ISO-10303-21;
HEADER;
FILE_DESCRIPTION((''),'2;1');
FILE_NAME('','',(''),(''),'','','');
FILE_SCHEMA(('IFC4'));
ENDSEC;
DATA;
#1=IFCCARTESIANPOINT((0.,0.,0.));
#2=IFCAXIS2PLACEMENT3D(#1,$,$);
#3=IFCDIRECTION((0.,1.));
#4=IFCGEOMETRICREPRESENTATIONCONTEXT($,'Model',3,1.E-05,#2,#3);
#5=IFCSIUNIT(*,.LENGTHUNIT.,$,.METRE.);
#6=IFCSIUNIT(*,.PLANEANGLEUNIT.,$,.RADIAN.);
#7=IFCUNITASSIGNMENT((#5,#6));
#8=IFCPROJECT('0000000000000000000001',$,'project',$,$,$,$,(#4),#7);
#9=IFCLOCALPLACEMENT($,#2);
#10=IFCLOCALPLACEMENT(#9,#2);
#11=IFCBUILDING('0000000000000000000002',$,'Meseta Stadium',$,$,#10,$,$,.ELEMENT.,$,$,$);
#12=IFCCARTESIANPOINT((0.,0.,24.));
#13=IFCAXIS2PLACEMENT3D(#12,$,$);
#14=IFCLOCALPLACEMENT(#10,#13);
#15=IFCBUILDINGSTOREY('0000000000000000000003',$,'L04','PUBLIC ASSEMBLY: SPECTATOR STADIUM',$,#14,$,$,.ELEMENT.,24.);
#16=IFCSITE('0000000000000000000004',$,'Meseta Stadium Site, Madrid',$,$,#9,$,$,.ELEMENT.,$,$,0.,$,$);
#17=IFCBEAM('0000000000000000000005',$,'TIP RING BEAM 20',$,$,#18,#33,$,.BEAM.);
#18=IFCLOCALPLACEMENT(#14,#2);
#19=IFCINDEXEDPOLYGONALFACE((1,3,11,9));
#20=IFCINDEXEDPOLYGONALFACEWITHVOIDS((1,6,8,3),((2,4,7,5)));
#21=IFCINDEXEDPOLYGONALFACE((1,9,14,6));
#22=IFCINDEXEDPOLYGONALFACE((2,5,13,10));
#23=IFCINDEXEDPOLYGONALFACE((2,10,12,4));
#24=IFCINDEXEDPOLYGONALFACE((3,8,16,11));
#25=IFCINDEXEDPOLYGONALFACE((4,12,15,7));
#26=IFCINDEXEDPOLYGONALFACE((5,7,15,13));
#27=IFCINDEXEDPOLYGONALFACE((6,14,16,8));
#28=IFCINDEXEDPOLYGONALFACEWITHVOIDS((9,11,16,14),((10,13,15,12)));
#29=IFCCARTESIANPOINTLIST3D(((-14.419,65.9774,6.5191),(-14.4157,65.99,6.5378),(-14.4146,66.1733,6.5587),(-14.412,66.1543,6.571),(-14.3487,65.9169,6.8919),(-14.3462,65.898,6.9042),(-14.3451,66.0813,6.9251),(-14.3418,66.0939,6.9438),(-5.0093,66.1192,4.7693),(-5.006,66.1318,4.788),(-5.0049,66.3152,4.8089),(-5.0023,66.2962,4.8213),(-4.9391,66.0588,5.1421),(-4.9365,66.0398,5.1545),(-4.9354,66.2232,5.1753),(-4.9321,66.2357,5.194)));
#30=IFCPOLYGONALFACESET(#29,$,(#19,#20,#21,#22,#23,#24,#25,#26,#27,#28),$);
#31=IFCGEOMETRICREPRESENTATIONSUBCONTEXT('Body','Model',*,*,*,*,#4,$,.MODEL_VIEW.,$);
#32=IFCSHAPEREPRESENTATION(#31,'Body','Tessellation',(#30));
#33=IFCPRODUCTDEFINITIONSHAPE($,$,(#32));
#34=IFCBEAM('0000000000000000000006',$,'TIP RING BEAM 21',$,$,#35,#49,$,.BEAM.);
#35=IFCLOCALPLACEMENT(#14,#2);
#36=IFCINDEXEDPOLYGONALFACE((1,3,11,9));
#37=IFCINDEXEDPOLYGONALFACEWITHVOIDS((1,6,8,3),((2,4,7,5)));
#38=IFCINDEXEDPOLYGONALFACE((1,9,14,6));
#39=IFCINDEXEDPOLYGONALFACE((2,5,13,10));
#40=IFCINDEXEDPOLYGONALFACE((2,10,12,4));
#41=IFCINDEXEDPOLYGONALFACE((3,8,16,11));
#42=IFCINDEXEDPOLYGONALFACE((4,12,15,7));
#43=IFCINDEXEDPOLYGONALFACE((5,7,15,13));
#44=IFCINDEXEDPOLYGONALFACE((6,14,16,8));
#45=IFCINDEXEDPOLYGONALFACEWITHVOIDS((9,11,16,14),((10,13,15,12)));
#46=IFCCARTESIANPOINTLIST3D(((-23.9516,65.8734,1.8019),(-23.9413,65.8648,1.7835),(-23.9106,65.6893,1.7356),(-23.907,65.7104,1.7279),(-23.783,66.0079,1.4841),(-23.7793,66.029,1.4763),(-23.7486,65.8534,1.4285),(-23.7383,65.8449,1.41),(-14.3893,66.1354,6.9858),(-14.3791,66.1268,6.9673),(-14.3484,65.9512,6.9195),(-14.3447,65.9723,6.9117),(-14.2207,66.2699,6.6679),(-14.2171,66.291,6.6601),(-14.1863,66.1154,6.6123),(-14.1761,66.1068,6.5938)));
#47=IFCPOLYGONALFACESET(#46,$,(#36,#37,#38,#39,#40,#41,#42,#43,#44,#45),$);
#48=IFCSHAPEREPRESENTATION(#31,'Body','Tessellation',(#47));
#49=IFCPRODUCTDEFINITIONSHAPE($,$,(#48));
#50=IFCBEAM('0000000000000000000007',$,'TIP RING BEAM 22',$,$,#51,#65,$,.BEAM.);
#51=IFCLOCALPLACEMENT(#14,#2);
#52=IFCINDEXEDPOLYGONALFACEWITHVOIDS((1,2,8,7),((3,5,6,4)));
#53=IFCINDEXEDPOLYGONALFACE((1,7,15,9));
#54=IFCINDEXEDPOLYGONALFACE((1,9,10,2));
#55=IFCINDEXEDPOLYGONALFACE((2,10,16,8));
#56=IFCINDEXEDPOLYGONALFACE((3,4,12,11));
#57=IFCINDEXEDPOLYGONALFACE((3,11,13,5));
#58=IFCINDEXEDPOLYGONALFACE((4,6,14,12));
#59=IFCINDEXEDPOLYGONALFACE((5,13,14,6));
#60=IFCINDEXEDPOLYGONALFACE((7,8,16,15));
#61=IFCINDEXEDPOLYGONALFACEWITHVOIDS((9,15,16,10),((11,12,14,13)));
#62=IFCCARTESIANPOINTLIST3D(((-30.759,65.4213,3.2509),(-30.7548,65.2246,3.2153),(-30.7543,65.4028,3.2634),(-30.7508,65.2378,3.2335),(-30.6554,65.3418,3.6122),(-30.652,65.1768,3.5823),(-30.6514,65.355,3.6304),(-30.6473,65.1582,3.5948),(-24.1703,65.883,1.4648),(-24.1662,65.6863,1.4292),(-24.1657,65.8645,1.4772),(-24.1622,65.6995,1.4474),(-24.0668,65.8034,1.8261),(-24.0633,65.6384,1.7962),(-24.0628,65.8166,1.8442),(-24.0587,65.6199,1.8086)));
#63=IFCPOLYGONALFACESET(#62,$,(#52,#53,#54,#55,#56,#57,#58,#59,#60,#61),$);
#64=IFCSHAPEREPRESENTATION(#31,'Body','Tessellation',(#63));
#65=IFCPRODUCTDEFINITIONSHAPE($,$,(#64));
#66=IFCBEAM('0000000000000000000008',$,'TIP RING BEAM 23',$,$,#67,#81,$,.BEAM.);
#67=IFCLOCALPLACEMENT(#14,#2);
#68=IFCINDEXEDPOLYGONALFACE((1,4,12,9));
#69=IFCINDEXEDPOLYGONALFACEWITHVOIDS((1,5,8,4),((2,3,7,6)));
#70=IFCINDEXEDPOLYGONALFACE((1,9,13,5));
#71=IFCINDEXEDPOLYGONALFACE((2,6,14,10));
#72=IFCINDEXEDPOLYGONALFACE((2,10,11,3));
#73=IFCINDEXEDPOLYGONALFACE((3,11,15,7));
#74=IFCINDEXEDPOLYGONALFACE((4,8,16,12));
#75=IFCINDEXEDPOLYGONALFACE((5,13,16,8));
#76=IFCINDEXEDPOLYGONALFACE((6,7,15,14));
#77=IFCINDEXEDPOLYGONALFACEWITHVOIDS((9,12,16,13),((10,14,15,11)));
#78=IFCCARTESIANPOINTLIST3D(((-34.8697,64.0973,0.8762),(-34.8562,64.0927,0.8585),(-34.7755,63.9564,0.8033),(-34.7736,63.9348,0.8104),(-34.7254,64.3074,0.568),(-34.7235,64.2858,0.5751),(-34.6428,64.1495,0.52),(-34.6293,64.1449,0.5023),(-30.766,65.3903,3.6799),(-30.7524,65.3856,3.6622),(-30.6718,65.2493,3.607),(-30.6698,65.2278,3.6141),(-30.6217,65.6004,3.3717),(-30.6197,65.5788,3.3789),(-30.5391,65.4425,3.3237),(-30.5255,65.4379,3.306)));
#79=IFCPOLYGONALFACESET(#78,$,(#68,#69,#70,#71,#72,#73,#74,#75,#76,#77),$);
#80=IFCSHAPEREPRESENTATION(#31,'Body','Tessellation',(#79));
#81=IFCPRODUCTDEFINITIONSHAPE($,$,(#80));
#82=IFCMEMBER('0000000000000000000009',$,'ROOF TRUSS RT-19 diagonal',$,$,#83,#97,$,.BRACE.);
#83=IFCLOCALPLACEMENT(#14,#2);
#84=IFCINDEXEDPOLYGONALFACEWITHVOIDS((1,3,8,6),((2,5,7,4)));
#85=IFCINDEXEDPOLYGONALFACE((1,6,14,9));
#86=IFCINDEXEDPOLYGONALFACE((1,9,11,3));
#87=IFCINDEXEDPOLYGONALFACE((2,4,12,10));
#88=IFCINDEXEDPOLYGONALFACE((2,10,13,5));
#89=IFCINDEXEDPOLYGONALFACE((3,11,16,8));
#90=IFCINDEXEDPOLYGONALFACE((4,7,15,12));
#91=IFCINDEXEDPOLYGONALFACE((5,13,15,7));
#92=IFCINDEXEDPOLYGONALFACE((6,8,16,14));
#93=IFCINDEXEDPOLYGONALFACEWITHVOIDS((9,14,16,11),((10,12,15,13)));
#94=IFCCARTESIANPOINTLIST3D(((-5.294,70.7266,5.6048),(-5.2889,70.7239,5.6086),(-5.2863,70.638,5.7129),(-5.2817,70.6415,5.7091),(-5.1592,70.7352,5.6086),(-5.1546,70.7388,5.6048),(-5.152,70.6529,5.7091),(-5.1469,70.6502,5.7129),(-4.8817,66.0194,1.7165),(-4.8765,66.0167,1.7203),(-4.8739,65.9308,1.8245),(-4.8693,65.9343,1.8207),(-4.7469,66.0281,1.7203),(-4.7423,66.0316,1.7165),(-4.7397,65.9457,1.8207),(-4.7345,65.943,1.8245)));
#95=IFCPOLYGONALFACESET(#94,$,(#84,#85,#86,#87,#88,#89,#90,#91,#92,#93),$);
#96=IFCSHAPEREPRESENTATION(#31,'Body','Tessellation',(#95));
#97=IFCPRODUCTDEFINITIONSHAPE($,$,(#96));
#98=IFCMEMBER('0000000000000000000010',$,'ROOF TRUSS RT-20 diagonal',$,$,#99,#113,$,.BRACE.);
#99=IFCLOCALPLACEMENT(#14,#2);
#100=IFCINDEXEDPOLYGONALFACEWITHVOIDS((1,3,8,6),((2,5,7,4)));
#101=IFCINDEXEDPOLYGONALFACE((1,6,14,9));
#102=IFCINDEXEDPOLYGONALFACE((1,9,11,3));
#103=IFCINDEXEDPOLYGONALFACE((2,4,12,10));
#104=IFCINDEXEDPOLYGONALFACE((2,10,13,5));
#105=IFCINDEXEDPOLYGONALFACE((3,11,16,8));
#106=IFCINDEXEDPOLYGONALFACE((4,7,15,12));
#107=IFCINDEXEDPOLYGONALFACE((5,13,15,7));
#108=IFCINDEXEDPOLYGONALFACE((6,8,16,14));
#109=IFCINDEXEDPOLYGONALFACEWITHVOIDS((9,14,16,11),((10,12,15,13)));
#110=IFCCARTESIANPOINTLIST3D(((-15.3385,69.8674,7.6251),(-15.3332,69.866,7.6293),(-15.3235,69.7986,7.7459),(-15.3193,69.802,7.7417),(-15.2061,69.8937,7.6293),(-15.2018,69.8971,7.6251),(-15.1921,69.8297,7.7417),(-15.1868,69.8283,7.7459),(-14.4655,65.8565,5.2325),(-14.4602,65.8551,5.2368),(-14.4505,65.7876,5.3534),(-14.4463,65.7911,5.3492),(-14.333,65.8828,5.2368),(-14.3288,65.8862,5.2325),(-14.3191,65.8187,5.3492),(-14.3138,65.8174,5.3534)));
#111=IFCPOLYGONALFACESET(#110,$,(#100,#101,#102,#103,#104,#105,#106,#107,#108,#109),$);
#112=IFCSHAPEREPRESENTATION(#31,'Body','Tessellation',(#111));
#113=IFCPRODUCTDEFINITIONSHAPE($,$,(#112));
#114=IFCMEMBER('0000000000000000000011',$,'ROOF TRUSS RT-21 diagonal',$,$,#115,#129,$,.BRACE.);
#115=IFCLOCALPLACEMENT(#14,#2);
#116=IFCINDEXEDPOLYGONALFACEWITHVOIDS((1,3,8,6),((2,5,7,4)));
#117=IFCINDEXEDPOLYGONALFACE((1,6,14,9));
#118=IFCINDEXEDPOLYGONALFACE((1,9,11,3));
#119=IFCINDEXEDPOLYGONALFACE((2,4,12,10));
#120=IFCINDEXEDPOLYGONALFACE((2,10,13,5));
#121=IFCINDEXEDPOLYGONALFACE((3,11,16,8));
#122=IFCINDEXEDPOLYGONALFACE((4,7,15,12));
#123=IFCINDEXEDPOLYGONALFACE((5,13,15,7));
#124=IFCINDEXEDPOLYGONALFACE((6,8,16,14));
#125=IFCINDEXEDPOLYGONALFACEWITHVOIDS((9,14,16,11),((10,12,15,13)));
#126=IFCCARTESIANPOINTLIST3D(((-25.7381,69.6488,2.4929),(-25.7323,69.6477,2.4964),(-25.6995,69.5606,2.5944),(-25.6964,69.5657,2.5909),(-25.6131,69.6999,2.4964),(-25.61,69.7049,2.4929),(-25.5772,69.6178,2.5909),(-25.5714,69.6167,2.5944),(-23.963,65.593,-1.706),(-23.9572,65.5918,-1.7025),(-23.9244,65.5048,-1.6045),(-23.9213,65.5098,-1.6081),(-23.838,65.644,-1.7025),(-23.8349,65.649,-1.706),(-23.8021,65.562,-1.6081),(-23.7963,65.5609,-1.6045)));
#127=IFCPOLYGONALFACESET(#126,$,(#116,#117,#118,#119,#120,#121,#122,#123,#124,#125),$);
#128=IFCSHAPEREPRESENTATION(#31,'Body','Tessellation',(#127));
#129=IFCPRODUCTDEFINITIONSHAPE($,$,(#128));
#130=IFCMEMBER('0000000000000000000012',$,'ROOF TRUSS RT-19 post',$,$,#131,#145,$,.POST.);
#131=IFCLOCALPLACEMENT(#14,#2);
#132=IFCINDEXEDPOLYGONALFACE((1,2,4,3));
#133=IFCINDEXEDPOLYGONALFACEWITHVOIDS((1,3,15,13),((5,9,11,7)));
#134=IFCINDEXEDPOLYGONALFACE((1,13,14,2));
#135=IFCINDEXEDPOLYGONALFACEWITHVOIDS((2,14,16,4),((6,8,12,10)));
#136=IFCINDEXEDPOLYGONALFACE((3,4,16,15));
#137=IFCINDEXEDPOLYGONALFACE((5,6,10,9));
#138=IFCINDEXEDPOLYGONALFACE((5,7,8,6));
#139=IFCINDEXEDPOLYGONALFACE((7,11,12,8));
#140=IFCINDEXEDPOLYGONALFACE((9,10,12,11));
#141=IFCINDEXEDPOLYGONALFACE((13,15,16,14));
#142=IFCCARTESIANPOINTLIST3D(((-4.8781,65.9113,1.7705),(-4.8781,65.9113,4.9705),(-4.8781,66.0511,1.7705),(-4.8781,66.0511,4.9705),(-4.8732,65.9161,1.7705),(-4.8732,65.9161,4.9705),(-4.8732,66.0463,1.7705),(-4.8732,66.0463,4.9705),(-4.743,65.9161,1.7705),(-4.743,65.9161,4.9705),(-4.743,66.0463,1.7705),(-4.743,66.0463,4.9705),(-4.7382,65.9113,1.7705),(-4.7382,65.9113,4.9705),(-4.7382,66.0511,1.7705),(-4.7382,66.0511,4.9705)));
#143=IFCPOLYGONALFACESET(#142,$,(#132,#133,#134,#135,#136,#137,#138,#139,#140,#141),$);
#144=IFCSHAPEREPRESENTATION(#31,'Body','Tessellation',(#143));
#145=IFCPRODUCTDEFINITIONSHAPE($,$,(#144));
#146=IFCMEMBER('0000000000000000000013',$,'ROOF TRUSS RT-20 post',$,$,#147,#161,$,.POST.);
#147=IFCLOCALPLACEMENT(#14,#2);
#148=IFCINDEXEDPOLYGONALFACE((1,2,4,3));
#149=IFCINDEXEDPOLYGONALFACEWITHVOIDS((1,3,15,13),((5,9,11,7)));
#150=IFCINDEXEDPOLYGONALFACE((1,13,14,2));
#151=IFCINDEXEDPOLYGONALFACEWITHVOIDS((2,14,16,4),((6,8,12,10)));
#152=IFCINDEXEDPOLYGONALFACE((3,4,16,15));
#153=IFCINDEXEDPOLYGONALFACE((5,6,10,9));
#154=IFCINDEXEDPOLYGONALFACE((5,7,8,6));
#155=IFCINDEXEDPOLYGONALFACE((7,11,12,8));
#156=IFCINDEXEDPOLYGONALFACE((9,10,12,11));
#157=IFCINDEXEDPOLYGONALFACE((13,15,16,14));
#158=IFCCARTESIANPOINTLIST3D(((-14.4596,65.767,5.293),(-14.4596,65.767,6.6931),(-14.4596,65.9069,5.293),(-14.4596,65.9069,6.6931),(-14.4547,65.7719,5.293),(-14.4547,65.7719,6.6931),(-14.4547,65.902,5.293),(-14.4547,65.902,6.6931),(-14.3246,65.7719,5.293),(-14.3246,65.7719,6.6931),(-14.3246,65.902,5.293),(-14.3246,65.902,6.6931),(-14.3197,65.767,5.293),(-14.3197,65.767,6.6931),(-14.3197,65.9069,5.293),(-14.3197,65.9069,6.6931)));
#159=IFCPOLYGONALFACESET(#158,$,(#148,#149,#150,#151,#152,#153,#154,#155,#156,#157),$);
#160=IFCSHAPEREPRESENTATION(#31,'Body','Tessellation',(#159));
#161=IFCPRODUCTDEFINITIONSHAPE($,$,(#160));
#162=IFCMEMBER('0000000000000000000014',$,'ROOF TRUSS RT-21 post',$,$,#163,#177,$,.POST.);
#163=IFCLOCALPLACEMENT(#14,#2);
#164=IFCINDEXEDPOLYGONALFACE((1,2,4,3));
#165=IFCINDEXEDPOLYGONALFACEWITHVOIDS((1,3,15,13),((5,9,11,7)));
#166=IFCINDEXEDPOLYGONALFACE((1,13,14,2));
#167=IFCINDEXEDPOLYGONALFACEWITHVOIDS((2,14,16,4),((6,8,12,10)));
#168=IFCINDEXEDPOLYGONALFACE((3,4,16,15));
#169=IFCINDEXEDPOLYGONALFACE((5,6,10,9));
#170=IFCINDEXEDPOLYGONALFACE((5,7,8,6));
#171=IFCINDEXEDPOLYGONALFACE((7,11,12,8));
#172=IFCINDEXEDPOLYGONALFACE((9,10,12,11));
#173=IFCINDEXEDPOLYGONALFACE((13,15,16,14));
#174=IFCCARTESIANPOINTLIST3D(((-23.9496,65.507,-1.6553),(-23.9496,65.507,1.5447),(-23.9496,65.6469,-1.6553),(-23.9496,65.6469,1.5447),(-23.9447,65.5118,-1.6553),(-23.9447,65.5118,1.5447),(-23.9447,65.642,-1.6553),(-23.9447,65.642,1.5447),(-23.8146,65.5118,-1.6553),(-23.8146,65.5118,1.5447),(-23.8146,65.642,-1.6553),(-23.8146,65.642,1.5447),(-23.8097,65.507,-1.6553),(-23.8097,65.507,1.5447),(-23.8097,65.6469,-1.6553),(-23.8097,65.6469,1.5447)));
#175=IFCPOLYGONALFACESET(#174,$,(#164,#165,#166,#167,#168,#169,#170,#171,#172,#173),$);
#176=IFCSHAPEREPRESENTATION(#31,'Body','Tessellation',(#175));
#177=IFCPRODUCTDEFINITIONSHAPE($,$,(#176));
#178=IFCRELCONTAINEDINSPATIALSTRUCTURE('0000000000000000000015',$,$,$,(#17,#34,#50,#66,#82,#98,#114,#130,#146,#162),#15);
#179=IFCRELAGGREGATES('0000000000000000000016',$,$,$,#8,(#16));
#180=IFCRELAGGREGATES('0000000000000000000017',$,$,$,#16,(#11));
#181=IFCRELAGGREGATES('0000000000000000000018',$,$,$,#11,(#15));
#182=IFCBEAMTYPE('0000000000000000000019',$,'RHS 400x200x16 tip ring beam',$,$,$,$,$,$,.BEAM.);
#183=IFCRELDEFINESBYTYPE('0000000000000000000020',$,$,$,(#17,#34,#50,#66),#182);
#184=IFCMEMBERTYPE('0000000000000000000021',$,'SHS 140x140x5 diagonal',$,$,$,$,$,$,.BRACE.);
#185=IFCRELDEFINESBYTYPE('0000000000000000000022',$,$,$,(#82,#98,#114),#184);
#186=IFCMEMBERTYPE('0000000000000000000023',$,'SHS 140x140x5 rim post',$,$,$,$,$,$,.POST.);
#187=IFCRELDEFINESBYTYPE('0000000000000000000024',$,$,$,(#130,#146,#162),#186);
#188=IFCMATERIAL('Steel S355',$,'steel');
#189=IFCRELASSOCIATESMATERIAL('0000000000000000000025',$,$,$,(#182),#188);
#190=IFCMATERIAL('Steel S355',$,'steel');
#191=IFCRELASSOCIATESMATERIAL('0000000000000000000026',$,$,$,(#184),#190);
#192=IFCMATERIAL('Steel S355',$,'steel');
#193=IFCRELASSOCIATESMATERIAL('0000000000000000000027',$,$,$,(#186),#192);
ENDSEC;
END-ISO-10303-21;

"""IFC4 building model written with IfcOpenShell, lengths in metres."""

from ifc_helpers import new_model, si_unit, direction, frame, origin, origin_2d, place, context, subcontext, project, spatial, hollow_rectangle, extrude, material, material_profile, profile_set, type_object, element, save


model = new_model("IFC4")

# Units and contexts
model_context = context("Model", 3, precision=1e-05, world=origin(), true_north=direction((0.0, 1.0)))
body_context = subcontext(model_context, "Body", "Model", "MODEL_VIEW")
ifc_project = project(units=[si_unit("LENGTHUNIT", "METRE"), si_unit("PLANEANGLEUNIT", "RADIAN")], contexts=[model_context])

# Site, building, storey
site_placement = place(None, origin())
site = spatial("IfcSite", under=ifc_project, at=site_placement, Name="Meseta Stadium Site, Madrid", CompositionType="ELEMENT", RefElevation=0.0)
building_placement = place(site_placement, origin())
building = spatial("IfcBuilding", under=site, at=building_placement, Name="Meseta Stadium", CompositionType="ELEMENT")
storey_placement = place(building_placement, frame((0.0, 0.0, 24.0)))
storey = spatial("IfcBuildingStorey", under=building, at=storey_placement, Name="L04", Description="PUBLIC ASSEMBLY: SPECTATOR STADIUM", CompositionType="ELEMENT", Elevation=24.0)

# Beams
ifc_material_1 = material(Name="Steel S355", Category="steel")
ifc_material_profile_1 = material_profile(ifc_material_1, hollow_rectangle(XDim=0.2, YDim=0.3999, WallThickness=0.0161, at=origin_2d()), Name="RHS 400x200x16")
ifc_profile_set_1 = profile_set([ifc_material_profile_1], Name="Steel S355")
beam_type = type_object("IfcBeamType", Name="RHS 400x200x16 tip ring beam", PredefinedType="BEAM", material=ifc_profile_set_1)
beam_1_placement = place(storey_placement, frame((-4.9707, 66.1775, 4.9817), z_axis=(-0.983039, -0.014819, 0.182799), x_axis=(-0.02204, -0.979961, -0.197968)))
element("IfcBeam", 1, at=beam_1_placement, inside=storey, type_object=beam_type, Name="TIP RING BEAM 20", PredefinedType="BEAM", context=body_context, shape_type="SweptSolid", body=[
    extrude(hollow_rectangle(XDim=0.2, YDim=0.3999, WallThickness=0.0161, at=origin_2d()), origin(), (0.0, 0.0, 1.0), 9.572),
])
beam_2_placement = place(storey_placement, frame((-14.2827, 66.1211, 6.7898), z_axis=(-0.878872, -0.024077, -0.476449), x_axis=(0.204991, -0.920882, -0.331595)))
element("IfcBeam", 2, at=beam_2_placement, inside=storey, type_object=beam_type, Name="TIP RING BEAM 21", PredefinedType="BEAM", context=body_context, shape_type="SweptSolid", body=[
    extrude(hollow_rectangle(XDim=0.2, YDim=0.3999, WallThickness=0.0161, at=origin_2d()), origin(), (0.0, 0.0, 1.0), 10.8801),
])
beam_3_placement = place(storey_placement, frame((-24.1145, 65.7515, 1.6367), z_axis=(-0.962963, -0.067476, 0.261053), x_axis=(0.020676, -0.983809, -0.178022)))
element("IfcBeam", 3, at=beam_3_placement, inside=storey, type_object=beam_type, Name="TIP RING BEAM 22", PredefinedType="BEAM", context=body_context, shape_type="SweptSolid", body=[
    extrude(hollow_rectangle(XDim=0.2, YDim=0.3999, WallThickness=0.0161, at=origin_2d()), origin(), (0.0, 0.0, 1.0), 6.842),
])
beam_4_placement = place(storey_placement, frame((-30.6458, 65.4141, 3.4929), z_axis=(-0.799096, -0.251771, -0.545947), x_axis=(0.480828, -0.812764, -0.328966)))
element("IfcBeam", 4, at=beam_4_placement, inside=storey, type_object=beam_type, Name="TIP RING BEAM 23", PredefinedType="BEAM", context=body_context, shape_type="SweptSolid", body=[
    extrude(hollow_rectangle(XDim=0.2, YDim=0.3999, WallThickness=0.0161, at=origin_2d()), origin(), (0.0, 0.0, 1.0), 5.1355),
])

# Members
ifc_material_2 = material(Name="Steel S355", Category="steel")
ifc_material_profile_2 = material_profile(ifc_material_2, hollow_rectangle(XDim=0.1399, YDim=0.1399, WallThickness=0.0049, at=origin_2d()), Name="SHS 140x140x5")
ifc_profile_set_2 = profile_set([ifc_material_profile_2], Name="Steel S355")
member_type_1 = type_object("IfcMemberType", Name="SHS 140x140x5 diagonal", PredefinedType="BRACE", material=ifc_profile_set_2)
member_1_placement = place(storey_placement, frame((-4.8081, 65.9812, 1.7705), z_axis=(-0.067383, 0.769225, 0.635415), x_axis=(-0.996185, -0.087265, 0.0)))
element("IfcMember", 5, at=member_1_placement, inside=storey, type_object=member_type_1, Name="ROOF TRUSS RT-19 diagonal", PredefinedType="BRACE", context=body_context, shape_type="SweptSolid", body=[
    extrude(hollow_rectangle(XDim=0.1399, YDim=0.1399, WallThickness=0.0049, at=origin_2d()), origin(), (0.0, 0.0, 1.0), 6.1194),
])
member_2_placement = place(storey_placement, frame((-14.3896, 65.8369, 5.293), z_axis=(-0.18375, 0.844191, 0.503565), x_axis=(-0.977121, -0.212684, 0.0)))
element("IfcMember", 6, at=member_2_placement, inside=storey, type_object=member_type_1, Name="ROOF TRUSS RT-20 diagonal", PredefinedType="BRACE", context=body_context, shape_type="SweptSolid", body=[
    extrude(hollow_rectangle(XDim=0.1399, YDim=0.1399, WallThickness=0.0049, at=origin_2d()), origin(), (0.0, 0.0, 1.0), 4.7512),
])
member_3_placement = place(storey_placement, frame((-23.8796, 65.5769, -1.6553), z_axis=(-0.290918, 0.664698, 0.688145), x_axis=(-0.9161, -0.400949, 0.0)))
element("IfcMember", 7, at=member_3_placement, inside=storey, type_object=member_type_1, Name="ROOF TRUSS RT-21 diagonal", PredefinedType="BRACE", context=body_context, shape_type="SweptSolid", body=[
    extrude(hollow_rectangle(XDim=0.1399, YDim=0.1399, WallThickness=0.0049, at=origin_2d()), origin(), (0.0, 0.0, 1.0), 6.1018),
])
ifc_material_3 = material(Name="Steel S355", Category="steel")
ifc_material_profile_3 = material_profile(ifc_material_3, hollow_rectangle(XDim=0.1399, YDim=0.1399, WallThickness=0.0049, at=origin_2d()), Name="SHS 140x140x5")
ifc_profile_set_3 = profile_set([ifc_material_profile_3], Name="Steel S355")
member_type_2 = type_object("IfcMemberType", Name="SHS 140x140x5 rim post", PredefinedType="POST", material=ifc_profile_set_3)
member_4_placement = place(storey_placement, frame((-4.8081, 65.9812, 1.7705), z_axis=(0.0, 0.0, 1.0), x_axis=(1.0, 0.0, 0.0)))
element("IfcMember", 8, at=member_4_placement, inside=storey, type_object=member_type_2, Name="ROOF TRUSS RT-19 post", PredefinedType="POST", context=body_context, shape_type="SweptSolid", body=[
    extrude(hollow_rectangle(XDim=0.1399, YDim=0.1399, WallThickness=0.0049, at=origin_2d()), origin(), (0.0, 0.0, 1.0), 3.2),
])
member_5_placement = place(storey_placement, frame((-14.3896, 65.8369, 5.293), z_axis=(0.0, 0.0, 1.0), x_axis=(1.0, 0.0, 0.0)))
element("IfcMember", 9, at=member_5_placement, inside=storey, type_object=member_type_2, Name="ROOF TRUSS RT-20 post", PredefinedType="POST", context=body_context, shape_type="SweptSolid", body=[
    extrude(hollow_rectangle(XDim=0.1399, YDim=0.1399, WallThickness=0.0049, at=origin_2d()), origin(), (0.0, 0.0, 1.0), 1.4001),
])
member_6_placement = place(storey_placement, frame((-23.8796, 65.5769, -1.6553), z_axis=(0.0, 0.0, 1.0), x_axis=(1.0, 0.0, 0.0)))
element("IfcMember", 10, at=member_6_placement, inside=storey, type_object=member_type_2, Name="ROOF TRUSS RT-21 post", PredefinedType="POST", context=body_context, shape_type="SweptSolid", body=[
    extrude(hollow_rectangle(XDim=0.1399, YDim=0.1399, WallThickness=0.0049, at=origin_2d()), origin(), (0.0, 0.0, 1.0), 3.2),
])

save(model, "model.ifc")
